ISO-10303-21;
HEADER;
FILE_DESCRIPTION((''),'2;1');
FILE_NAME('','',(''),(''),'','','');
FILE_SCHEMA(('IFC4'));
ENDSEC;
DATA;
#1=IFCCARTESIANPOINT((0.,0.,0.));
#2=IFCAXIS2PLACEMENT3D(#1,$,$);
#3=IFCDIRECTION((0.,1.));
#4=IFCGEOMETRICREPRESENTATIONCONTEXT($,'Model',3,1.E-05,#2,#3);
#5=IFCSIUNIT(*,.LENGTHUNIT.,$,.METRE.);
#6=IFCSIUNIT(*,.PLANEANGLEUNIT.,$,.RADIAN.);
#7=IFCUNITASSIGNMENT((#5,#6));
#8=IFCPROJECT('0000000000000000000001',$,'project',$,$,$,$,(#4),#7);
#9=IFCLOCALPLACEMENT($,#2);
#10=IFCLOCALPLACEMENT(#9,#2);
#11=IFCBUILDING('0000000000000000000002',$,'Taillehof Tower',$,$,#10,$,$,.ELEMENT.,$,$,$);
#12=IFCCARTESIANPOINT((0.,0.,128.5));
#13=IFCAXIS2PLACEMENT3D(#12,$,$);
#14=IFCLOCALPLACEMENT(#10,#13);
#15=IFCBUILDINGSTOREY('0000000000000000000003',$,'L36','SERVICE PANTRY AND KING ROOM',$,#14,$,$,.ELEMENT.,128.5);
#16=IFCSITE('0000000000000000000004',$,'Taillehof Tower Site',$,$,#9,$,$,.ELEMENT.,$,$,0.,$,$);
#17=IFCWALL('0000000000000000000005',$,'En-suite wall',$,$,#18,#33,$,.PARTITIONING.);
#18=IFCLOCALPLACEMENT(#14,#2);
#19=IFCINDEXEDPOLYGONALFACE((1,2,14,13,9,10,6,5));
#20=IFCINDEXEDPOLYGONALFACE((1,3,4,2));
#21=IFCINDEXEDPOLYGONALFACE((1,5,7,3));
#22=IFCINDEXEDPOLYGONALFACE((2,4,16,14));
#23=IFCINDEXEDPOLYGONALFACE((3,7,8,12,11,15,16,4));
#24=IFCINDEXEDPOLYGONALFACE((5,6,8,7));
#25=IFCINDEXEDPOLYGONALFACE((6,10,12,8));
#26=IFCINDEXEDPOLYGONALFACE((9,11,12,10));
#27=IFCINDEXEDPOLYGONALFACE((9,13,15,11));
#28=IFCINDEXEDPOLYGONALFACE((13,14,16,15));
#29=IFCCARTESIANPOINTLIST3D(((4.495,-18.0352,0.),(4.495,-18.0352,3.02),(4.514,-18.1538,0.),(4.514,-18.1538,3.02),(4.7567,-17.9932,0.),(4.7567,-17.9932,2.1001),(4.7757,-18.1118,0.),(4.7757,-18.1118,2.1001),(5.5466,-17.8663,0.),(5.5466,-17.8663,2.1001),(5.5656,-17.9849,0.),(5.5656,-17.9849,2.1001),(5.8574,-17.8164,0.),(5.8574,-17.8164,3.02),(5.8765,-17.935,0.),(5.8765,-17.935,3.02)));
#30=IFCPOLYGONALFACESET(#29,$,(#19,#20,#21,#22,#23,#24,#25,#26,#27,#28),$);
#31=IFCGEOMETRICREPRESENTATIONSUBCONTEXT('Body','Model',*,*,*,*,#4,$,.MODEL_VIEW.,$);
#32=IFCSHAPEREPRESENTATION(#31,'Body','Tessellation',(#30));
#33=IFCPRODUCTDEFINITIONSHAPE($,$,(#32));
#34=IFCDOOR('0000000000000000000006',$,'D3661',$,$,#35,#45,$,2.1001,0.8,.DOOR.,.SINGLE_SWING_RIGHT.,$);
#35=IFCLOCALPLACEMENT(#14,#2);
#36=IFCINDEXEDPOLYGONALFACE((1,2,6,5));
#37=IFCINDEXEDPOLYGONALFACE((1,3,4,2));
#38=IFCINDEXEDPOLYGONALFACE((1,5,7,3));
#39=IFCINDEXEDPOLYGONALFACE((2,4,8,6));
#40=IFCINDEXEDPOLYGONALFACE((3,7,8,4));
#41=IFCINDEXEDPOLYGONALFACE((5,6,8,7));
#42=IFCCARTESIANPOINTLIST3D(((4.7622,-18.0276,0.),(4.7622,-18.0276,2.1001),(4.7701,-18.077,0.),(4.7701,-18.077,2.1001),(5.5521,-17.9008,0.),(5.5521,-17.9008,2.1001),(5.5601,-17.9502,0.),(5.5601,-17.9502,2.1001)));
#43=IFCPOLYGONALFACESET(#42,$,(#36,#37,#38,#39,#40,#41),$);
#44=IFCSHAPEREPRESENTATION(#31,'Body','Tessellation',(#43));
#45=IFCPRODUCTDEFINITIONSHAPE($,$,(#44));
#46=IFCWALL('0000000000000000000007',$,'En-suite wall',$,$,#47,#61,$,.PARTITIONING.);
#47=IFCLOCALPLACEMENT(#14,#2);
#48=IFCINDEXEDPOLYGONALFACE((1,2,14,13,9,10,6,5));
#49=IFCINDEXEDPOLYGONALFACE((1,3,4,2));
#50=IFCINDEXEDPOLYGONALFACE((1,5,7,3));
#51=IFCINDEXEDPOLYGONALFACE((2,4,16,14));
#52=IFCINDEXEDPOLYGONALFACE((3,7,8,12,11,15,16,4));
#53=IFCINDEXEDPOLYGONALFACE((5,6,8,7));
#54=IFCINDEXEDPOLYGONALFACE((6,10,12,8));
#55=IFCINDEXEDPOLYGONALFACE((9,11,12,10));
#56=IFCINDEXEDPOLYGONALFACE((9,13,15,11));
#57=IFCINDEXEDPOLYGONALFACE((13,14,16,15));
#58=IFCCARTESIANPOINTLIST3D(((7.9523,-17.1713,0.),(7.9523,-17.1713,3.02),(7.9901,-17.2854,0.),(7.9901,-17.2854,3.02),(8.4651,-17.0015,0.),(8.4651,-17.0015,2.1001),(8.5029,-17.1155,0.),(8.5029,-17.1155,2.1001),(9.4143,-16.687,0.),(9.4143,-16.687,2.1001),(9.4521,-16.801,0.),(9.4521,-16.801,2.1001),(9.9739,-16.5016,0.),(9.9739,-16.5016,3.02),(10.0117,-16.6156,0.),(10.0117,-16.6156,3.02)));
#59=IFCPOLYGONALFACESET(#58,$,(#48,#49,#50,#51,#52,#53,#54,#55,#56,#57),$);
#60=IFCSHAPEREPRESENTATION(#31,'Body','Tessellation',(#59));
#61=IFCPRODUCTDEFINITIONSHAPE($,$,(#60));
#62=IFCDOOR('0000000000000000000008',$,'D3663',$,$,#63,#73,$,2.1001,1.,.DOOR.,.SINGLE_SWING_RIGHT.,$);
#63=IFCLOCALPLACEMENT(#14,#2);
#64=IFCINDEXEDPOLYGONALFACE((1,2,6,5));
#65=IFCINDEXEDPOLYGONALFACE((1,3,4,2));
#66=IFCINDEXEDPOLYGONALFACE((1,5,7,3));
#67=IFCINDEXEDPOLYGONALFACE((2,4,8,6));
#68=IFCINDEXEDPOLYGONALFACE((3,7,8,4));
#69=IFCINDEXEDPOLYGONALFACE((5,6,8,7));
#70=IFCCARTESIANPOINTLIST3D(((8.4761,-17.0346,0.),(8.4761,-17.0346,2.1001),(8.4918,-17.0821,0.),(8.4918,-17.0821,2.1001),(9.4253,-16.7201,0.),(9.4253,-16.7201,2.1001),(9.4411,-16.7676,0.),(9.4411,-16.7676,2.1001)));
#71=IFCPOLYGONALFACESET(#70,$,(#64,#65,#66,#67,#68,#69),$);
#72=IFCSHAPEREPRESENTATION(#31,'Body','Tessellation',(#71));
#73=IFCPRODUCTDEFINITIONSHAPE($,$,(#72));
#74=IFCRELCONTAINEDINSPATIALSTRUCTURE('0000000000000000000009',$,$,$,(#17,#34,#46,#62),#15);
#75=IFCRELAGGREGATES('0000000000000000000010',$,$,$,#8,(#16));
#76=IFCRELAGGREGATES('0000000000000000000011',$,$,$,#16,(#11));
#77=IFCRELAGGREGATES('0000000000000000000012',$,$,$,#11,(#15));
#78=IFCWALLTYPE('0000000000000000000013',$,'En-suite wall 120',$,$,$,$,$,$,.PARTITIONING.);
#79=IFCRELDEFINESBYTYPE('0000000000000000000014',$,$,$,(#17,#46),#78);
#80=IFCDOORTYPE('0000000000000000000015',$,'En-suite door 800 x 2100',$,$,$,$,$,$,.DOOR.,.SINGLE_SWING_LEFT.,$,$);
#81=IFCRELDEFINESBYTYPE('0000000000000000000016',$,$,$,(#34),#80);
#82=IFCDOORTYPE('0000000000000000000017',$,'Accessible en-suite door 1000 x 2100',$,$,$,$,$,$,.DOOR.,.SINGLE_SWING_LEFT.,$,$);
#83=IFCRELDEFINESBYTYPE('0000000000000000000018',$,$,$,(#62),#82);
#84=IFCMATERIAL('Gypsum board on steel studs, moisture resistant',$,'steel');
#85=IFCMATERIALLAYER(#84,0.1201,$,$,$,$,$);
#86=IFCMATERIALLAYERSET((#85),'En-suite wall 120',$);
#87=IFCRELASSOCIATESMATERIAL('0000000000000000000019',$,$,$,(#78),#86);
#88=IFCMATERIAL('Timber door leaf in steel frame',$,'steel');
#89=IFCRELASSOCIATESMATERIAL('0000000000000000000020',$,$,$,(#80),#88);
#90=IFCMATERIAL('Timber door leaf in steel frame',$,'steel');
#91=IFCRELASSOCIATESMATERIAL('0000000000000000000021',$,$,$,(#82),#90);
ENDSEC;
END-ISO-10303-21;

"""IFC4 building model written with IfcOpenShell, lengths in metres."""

from ifc_helpers import new_model, si_unit, direction, frame, frame_2d, origin, place, context, subcontext, project, spatial, rectangle, extrude, material, layer, layer_set, type_object, element, fill, save


model = new_model("IFC4")

# Units and contexts
model_context = context("Model", 3, precision=1e-05, world=origin(), true_north=direction((0.0, 1.0)))
body_context = subcontext(model_context, "Body", "Model", "MODEL_VIEW")
ifc_project = project(units=[si_unit("LENGTHUNIT", "METRE"), si_unit("PLANEANGLEUNIT", "RADIAN")], contexts=[model_context])

# Site, building, storey
site_placement = place(None, origin())
site = spatial("IfcSite", under=ifc_project, at=site_placement, Name="Taillehof Tower Site", CompositionType="ELEMENT", RefElevation=0.0)
building_placement = place(site_placement, origin())
building = spatial("IfcBuilding", under=site, at=building_placement, Name="Taillehof Tower", CompositionType="ELEMENT")
storey_placement = place(building_placement, frame((0.0, 0.0, 128.5)))
storey = spatial("IfcBuildingStorey", under=building, at=storey_placement, Name="L36", Description="SERVICE PANTRY AND KING ROOM", CompositionType="ELEMENT", Elevation=128.5)

# Shared definitions
ifc_material_1 = material(Name="Gypsum board on steel studs, moisture resistant", Category="steel")
ifc_layer_1 = layer(ifc_material_1, 0.1201)
ifc_layer_set_1 = layer_set([ifc_layer_1], Name="En-suite wall 120")
wall_type_1 = type_object("IfcWallType", Name="En-suite wall 120", PredefinedType="PARTITIONING", material=ifc_layer_set_1)

# Walls, openings, doors
wall_1_placement = place(storey_placement, frame((5.8669, -17.8757, 0.0), z_axis=(0.0, 0.0, 1.0), x_axis=(-0.987357, -0.158515, 0.0)))
wall_1 = element("IfcWall", 1, at=wall_1_placement, inside=storey, type_object=wall_type_1, Name="En-suite wall", PredefinedType="PARTITIONING", context=body_context, shape_type="SweptSolid", body=[
    extrude(rectangle(XDim=1.3799, YDim=0.1201, at=frame_2d((0.6899, 0.0))), origin(), (0.0, 0.0, 1.0), 3.02),
])
opening_1_placement = place(wall_1_placement, frame((0.3149, 0.0, 0.0)))
opening_1 = element("IfcOpeningElement", 2, at=opening_1_placement, cuts=wall_1, PredefinedType="OPENING", context=body_context, shape_type="SweptSolid", body=[
    extrude(rectangle(XDim=0.8, YDim=2.1001, at=frame_2d((0.3999, 1.05))), frame((0.0, 0.0701, 0.0), z_axis=(0.0, -1.0, 0.0), x_axis=(1.0, 0.0, 0.0)), (0.0, 0.0, 1.0), 0.1401),
])
ifc_material_2 = material(Name="Timber door leaf in steel frame", Category="steel")
door_type_1 = type_object("IfcDoorType", Name="En-suite door 800 x 2100", OperationType="SINGLE_SWING_LEFT", PredefinedType="DOOR", material=ifc_material_2)
door_1_placement = place(opening_1_placement, origin())
door_1 = element("IfcDoor", 3, at=door_1_placement, inside=storey, type_object=door_type_1, Name="D3661", OperationType="SINGLE_SWING_RIGHT", OverallHeight=2.1001, OverallWidth=0.8, PredefinedType="DOOR", context=body_context, shape_type="SweptSolid", body=[
    extrude(rectangle(XDim=0.8, YDim=2.1001, at=frame_2d((0.3999, 1.05))), frame((0.0, 0.0249, 0.0), z_axis=(0.0, -1.0, 0.0), x_axis=(1.0, 0.0, 0.0)), (0.0, 0.0, 1.0), 0.05),
])
fill(opening_1, door_1)
wall_2_placement = place(storey_placement, frame((9.9929, -16.5586, 0.0), z_axis=(0.0, 0.0, 1.0), x_axis=(-0.949266, -0.314473, 0.0)))
wall_2 = element("IfcWall", 4, at=wall_2_placement, inside=storey, type_object=wall_type_1, Name="En-suite wall", PredefinedType="PARTITIONING", context=body_context, shape_type="SweptSolid", body=[
    extrude(rectangle(XDim=2.1296, YDim=0.1201, at=frame_2d((1.0649, 0.0))), origin(), (0.0, 0.0, 1.0), 3.02),
])
opening_2_placement = place(wall_2_placement, frame((0.5896, 0.0, 0.0)))
opening_2 = element("IfcOpeningElement", 5, at=opening_2_placement, cuts=wall_2, PredefinedType="OPENING", context=body_context, shape_type="SweptSolid", body=[
    extrude(rectangle(XDim=1.0, YDim=2.1001, at=frame_2d((0.5, 1.05))), frame((0.0, 0.0701, 0.0), z_axis=(0.0, -1.0, 0.0), x_axis=(1.0, 0.0, 0.0)), (0.0, 0.0, 1.0), 0.1401),
])
ifc_material_3 = material(Name="Timber door leaf in steel frame", Category="steel")
door_type_2 = type_object("IfcDoorType", Name="Accessible en-suite door 1000 x 2100", OperationType="SINGLE_SWING_LEFT", PredefinedType="DOOR", material=ifc_material_3)
door_2_placement = place(opening_2_placement, origin())
door_2 = element("IfcDoor", 6, at=door_2_placement, inside=storey, type_object=door_type_2, Name="D3663", OperationType="SINGLE_SWING_RIGHT", OverallHeight=2.1001, OverallWidth=1.0, PredefinedType="DOOR", context=body_context, shape_type="SweptSolid", body=[
    extrude(rectangle(XDim=1.0, YDim=2.1001, at=frame_2d((0.5, 1.05))), frame((0.0, 0.0249, 0.0), z_axis=(0.0, -1.0, 0.0), x_axis=(1.0, 0.0, 0.0)), (0.0, 0.0, 1.0), 0.05),
])
fill(opening_2, door_2)

save(model, "model.ifc")
